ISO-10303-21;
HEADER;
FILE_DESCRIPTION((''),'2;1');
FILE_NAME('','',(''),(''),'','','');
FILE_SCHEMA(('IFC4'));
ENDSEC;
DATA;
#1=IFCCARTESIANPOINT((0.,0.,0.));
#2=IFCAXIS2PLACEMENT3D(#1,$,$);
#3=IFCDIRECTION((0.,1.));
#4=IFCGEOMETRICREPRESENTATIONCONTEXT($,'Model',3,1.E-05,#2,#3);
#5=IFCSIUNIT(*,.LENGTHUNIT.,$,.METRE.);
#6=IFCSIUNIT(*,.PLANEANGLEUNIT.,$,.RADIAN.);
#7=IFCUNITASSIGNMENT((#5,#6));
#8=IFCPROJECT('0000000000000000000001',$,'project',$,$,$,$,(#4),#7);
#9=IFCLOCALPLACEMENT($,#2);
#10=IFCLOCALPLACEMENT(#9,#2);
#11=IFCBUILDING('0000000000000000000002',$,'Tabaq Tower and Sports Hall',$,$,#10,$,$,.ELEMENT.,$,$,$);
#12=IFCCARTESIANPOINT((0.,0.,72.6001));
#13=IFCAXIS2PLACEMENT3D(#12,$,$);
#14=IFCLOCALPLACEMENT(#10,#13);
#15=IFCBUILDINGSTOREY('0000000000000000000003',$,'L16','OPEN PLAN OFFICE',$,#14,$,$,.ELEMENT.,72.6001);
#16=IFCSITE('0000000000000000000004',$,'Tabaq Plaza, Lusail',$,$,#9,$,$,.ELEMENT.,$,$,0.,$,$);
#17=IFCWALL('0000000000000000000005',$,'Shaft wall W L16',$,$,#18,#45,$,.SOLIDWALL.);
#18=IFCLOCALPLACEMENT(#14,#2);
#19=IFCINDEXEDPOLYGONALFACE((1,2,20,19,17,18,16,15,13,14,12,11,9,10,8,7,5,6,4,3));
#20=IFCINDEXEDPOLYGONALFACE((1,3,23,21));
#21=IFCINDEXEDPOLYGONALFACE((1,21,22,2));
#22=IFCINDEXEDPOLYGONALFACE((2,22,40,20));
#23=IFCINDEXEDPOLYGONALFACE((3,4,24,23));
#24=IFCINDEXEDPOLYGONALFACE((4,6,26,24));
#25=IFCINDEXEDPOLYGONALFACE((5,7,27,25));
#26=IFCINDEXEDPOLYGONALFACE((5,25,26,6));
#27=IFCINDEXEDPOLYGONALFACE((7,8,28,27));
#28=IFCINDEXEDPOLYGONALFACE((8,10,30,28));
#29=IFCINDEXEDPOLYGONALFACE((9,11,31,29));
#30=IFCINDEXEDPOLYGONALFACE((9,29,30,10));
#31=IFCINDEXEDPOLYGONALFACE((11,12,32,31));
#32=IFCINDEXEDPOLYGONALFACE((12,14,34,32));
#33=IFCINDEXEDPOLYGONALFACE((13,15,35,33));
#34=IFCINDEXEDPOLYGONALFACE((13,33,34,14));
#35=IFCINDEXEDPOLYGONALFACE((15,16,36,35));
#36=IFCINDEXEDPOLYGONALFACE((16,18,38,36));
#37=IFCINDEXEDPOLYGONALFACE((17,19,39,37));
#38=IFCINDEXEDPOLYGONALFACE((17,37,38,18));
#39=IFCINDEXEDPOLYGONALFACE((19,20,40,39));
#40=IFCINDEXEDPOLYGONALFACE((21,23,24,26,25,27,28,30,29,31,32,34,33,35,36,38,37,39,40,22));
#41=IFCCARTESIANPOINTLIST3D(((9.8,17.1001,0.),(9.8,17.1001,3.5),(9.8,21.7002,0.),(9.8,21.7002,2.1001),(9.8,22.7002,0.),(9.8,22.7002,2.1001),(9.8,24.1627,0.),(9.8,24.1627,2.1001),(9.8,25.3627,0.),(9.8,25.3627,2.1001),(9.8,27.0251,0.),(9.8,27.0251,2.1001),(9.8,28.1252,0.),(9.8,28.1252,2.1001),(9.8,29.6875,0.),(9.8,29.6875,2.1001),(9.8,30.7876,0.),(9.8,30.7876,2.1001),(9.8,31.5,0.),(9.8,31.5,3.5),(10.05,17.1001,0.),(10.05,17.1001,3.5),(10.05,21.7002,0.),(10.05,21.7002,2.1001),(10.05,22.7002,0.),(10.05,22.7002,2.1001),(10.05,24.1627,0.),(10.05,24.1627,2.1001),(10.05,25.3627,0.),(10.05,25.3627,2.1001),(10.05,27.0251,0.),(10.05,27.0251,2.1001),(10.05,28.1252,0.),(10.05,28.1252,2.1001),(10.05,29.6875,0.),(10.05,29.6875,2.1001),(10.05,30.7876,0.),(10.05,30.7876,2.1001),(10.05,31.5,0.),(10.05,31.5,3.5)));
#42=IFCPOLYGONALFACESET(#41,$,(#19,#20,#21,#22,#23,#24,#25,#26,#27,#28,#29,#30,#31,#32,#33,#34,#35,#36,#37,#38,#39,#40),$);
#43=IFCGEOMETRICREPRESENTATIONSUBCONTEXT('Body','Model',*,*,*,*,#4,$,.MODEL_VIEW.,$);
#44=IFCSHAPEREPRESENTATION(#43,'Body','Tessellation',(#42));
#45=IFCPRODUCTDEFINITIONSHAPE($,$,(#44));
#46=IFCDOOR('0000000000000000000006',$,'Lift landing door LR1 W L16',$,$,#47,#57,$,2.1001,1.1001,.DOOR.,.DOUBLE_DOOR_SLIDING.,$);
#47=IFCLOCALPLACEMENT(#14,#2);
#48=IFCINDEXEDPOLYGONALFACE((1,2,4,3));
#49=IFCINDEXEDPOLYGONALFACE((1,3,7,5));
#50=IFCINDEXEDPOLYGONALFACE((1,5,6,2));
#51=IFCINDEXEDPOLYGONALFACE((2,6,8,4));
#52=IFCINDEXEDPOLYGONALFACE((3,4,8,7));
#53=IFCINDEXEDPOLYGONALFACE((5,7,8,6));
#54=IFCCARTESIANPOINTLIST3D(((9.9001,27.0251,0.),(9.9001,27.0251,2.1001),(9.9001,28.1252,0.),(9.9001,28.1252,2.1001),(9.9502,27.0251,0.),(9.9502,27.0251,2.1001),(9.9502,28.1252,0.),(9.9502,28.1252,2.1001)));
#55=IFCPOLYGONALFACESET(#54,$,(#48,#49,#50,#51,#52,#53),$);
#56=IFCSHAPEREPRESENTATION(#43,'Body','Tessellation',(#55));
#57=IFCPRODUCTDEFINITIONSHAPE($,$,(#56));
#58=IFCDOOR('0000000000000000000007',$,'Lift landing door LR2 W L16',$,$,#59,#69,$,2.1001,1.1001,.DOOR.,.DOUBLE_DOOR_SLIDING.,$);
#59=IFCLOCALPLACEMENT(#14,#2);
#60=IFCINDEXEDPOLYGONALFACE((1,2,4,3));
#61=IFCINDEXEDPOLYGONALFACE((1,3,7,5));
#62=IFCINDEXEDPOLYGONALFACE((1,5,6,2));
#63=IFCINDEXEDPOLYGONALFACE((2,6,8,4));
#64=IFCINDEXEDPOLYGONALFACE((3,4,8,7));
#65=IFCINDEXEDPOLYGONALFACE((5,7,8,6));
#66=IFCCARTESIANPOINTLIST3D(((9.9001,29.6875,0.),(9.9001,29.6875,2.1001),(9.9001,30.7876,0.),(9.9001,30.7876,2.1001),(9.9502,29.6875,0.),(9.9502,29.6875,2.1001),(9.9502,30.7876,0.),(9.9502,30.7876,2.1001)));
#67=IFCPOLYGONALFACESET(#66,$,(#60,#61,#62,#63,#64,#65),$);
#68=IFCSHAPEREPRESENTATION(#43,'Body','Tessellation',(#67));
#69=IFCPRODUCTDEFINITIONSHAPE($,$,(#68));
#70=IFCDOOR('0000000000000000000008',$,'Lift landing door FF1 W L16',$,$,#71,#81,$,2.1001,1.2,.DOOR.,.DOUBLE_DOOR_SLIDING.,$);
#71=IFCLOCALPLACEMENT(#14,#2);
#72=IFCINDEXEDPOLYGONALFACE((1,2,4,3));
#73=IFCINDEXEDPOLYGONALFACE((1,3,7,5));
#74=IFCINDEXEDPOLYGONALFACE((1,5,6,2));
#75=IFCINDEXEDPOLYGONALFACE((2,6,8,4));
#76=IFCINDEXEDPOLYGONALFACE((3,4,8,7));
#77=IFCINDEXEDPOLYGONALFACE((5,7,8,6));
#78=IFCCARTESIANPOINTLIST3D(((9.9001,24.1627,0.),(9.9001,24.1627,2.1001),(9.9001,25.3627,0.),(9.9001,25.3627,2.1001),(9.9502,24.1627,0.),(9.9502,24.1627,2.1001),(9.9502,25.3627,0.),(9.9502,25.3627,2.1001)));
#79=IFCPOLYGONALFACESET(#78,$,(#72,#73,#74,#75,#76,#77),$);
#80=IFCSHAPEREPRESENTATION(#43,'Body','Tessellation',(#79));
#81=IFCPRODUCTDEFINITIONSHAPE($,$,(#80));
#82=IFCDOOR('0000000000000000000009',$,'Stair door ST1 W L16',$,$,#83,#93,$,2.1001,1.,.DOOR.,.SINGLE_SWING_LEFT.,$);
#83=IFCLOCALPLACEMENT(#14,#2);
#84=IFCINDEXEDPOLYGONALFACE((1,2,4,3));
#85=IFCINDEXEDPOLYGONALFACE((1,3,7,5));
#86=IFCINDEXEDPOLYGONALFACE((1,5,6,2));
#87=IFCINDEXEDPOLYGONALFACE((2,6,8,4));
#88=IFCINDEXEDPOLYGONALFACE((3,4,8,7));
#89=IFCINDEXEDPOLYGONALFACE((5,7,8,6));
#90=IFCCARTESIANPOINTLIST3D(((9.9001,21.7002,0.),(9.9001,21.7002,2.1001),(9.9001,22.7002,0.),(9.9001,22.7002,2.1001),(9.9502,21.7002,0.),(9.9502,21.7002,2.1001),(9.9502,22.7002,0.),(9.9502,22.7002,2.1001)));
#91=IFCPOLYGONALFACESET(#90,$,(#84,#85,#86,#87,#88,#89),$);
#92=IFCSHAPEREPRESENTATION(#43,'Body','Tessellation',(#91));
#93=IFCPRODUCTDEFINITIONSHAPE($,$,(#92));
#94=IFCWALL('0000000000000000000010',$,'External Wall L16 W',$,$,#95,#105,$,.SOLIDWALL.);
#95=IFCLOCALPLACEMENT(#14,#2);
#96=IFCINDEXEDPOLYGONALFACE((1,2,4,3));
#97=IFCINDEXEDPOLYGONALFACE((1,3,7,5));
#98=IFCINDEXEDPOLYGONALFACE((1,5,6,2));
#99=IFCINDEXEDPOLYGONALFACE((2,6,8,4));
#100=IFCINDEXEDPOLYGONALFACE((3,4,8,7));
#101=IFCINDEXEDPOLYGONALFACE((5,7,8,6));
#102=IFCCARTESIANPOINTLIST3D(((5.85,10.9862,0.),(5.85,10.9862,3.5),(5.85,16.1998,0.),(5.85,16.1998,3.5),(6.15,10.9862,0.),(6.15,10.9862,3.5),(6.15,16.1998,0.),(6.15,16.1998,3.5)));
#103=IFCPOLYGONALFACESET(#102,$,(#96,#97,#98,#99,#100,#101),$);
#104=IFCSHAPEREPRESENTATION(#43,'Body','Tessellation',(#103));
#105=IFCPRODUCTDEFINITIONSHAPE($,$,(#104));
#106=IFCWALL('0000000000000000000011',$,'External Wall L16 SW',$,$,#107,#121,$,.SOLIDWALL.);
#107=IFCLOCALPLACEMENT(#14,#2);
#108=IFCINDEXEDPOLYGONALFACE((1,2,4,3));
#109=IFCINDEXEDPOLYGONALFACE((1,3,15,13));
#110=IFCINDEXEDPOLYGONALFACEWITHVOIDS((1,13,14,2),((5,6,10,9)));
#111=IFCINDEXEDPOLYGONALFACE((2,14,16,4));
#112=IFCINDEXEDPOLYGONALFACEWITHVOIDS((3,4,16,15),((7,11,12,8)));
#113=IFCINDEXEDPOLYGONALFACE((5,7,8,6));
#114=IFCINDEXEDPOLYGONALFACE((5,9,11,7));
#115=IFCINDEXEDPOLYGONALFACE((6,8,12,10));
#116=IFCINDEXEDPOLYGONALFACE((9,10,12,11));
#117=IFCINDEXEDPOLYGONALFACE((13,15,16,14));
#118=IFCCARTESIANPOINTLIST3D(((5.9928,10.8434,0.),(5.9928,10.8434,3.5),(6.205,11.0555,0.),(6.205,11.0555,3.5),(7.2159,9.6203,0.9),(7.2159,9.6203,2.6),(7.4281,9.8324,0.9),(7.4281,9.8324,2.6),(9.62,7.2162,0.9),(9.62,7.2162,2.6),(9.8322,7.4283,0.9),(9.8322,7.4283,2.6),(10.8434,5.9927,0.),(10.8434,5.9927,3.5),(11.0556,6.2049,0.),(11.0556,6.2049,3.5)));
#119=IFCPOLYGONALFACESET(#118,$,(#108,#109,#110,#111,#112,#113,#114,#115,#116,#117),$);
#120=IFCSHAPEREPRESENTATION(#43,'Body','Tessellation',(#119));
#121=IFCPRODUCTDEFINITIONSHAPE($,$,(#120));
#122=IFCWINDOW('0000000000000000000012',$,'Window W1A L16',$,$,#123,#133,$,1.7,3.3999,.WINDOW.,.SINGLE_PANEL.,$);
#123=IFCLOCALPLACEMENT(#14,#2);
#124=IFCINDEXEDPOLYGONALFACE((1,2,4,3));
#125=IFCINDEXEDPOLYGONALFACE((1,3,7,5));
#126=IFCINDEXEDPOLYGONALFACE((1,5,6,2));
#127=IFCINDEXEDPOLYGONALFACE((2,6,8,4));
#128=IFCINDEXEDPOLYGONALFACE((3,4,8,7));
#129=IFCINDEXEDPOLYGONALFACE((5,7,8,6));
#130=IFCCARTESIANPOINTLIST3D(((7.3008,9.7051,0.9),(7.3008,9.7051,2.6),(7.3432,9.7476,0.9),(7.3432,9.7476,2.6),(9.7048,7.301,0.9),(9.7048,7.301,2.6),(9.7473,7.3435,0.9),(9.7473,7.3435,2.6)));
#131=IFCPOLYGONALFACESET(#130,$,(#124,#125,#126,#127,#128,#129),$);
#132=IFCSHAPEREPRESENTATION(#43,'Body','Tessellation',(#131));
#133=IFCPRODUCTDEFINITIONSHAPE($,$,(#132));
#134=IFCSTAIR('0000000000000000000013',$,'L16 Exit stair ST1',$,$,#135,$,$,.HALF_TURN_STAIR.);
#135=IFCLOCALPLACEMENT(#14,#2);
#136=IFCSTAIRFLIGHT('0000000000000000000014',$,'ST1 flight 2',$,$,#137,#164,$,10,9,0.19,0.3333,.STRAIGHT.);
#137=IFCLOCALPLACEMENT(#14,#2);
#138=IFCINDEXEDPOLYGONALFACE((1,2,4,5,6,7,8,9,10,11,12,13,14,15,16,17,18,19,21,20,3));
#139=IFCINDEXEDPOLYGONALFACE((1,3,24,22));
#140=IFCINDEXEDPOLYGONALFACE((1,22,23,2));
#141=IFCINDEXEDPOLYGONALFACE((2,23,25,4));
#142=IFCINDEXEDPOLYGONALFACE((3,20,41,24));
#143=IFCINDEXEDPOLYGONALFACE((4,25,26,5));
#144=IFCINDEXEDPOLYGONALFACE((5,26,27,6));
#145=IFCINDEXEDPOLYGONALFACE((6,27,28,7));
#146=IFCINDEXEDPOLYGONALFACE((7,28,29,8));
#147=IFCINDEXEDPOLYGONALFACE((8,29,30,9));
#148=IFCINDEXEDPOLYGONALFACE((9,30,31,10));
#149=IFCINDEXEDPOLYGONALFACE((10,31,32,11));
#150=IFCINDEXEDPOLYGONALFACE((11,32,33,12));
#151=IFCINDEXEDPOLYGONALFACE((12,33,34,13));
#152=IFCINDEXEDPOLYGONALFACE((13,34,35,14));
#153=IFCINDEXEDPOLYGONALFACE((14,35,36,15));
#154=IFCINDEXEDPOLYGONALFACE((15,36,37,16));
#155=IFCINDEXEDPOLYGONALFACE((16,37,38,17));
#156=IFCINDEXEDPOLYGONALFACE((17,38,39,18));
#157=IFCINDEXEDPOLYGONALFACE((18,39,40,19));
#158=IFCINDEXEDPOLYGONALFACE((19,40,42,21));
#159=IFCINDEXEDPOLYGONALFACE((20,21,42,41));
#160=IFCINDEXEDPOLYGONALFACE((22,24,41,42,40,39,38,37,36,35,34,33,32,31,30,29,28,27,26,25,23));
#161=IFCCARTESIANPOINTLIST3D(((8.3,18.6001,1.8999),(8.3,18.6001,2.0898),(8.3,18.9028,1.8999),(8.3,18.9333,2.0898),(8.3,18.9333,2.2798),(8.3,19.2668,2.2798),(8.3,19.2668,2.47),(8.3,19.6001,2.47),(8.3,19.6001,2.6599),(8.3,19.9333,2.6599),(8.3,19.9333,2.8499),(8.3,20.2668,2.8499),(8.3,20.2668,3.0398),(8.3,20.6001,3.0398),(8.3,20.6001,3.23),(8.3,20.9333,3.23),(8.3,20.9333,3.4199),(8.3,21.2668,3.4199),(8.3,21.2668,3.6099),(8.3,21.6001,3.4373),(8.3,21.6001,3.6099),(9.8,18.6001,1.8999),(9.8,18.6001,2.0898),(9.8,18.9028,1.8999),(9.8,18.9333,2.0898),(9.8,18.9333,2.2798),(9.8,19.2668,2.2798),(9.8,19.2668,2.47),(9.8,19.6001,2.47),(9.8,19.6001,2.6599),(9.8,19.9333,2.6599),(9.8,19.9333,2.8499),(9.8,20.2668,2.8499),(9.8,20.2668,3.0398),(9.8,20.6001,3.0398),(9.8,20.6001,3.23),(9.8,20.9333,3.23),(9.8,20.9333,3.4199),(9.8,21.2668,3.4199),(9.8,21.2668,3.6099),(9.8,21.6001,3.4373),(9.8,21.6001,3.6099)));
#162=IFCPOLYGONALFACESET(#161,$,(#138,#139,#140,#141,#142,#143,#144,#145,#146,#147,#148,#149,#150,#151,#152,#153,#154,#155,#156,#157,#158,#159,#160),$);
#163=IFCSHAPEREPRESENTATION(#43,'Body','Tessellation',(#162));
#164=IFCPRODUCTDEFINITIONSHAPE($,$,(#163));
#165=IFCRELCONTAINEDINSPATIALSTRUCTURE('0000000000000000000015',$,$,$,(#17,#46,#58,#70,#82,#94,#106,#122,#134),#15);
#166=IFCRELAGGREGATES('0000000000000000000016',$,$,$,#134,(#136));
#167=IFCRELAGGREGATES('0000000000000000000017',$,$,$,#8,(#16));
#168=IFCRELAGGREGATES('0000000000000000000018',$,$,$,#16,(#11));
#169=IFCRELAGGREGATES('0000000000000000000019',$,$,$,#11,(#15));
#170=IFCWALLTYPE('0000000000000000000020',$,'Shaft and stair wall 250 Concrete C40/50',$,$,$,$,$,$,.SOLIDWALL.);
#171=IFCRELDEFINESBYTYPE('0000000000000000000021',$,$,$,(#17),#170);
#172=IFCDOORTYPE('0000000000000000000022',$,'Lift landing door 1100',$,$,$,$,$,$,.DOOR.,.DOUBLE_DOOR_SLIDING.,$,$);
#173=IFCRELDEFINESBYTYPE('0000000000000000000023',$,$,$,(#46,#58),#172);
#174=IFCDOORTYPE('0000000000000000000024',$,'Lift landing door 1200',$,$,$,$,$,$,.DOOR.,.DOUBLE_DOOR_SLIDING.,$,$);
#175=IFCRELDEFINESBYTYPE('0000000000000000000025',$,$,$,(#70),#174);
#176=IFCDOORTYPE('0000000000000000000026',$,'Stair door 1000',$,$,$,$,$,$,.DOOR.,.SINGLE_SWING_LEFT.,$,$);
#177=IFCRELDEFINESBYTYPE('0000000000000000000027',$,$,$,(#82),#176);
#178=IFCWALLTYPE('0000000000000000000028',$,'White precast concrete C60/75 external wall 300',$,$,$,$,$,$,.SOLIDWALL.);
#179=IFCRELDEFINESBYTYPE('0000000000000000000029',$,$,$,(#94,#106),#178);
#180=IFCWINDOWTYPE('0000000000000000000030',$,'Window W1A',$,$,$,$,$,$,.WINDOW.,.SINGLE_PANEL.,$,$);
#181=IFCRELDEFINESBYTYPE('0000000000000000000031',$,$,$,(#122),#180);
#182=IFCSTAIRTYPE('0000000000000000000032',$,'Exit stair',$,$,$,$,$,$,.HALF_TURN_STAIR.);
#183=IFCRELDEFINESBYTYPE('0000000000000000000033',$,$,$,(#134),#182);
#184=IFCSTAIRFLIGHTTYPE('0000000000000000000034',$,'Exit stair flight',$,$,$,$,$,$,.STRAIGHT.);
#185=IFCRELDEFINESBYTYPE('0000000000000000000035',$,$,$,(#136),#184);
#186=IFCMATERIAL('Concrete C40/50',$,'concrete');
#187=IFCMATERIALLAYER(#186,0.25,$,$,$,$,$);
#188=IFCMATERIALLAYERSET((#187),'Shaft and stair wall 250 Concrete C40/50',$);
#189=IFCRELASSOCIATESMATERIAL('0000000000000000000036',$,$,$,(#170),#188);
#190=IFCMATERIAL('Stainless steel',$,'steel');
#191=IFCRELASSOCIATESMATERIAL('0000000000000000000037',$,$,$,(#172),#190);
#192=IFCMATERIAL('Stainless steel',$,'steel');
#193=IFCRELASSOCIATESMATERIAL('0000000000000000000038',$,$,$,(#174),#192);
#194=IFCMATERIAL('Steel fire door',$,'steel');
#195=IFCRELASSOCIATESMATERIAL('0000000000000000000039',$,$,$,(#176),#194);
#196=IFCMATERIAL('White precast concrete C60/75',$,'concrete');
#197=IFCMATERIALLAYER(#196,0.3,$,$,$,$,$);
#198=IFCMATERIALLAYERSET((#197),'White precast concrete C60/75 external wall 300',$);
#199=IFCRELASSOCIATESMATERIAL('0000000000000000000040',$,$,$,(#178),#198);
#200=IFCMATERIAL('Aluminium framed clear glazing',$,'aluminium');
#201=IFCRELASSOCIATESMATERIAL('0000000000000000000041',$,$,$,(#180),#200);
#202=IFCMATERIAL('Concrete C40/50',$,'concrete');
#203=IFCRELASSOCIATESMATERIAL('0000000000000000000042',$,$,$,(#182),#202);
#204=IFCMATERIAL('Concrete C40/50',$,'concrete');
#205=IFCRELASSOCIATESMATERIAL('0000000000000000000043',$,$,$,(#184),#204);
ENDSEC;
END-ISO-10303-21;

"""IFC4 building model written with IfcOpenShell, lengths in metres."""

from ifc_helpers import new_model, si_unit, direction, frame, frame_2d, origin, place, context, subcontext, project, spatial, polyline, rectangle, outline, extrude, material, layer, layer_set, type_object, element, fill, aggregate, save


model = new_model("IFC4")

# Units and contexts
model_context = context("Model", 3, precision=1e-05, world=origin(), true_north=direction((0.0, 1.0)))
body_context = subcontext(model_context, "Body", "Model", "MODEL_VIEW")
ifc_project = project(units=[si_unit("LENGTHUNIT", "METRE"), si_unit("PLANEANGLEUNIT", "RADIAN")], contexts=[model_context])

# Site, building, storey
site_placement = place(None, origin())
site = spatial("IfcSite", under=ifc_project, at=site_placement, Name="Tabaq Plaza, Lusail", CompositionType="ELEMENT", RefElevation=0.0)
building_placement = place(site_placement, origin())
building = spatial("IfcBuilding", under=site, at=building_placement, Name="Tabaq Tower and Sports Hall", CompositionType="ELEMENT")
storey_placement = place(building_placement, frame((0.0, 0.0, 72.6001)))
storey = spatial("IfcBuildingStorey", under=building, at=storey_placement, Name="L16", Description="OPEN PLAN OFFICE", CompositionType="ELEMENT", Elevation=72.6001)

# Wall, openings, doors
ifc_material_1 = material(Name="Concrete C40/50", Category="concrete")
ifc_layer_1 = layer(ifc_material_1, 0.25)
ifc_layer_set_1 = layer_set([ifc_layer_1], Name="Shaft and stair wall 250 Concrete C40/50")
wall_type_1 = type_object("IfcWallType", Name="Shaft and stair wall 250 Concrete C40/50", PredefinedType="SOLIDWALL", material=ifc_layer_set_1)
wall_1_placement = place(storey_placement, frame((9.925, 17.1001, 0.0), z_axis=(0.0, 0.0, 1.0), x_axis=(0.0, 1.0, 0.0)))
wall_1 = element("IfcWall", 1, at=wall_1_placement, inside=storey, type_object=wall_type_1, Name="Shaft wall W L16", PredefinedType="SOLIDWALL", context=body_context, shape_type="SweptSolid", body=[
    extrude(rectangle(XDim=14.3999, YDim=0.25, at=frame_2d((7.2, 0.0))), origin(), (0.0, 0.0, 1.0), 3.5),
])
opening_1_placement = place(wall_1_placement, frame((4.6001, 0.0, 0.0)))
opening_1 = element("IfcOpeningElement", 2, at=opening_1_placement, cuts=wall_1, PredefinedType="OPENING", context=body_context, shape_type="SweptSolid", body=[
    extrude(rectangle(XDim=1.0, YDim=2.1001, at=frame_2d((0.5, 1.05))), frame((0.0, 0.125, 0.0), z_axis=(0.0, -1.0, 0.0), x_axis=(1.0, 0.0, 0.0)), (0.0, 0.0, 1.0), 0.25),
])
opening_2_placement = place(wall_1_placement, frame((7.0625, 0.0, 0.0)))
opening_2 = element("IfcOpeningElement", 3, at=opening_2_placement, cuts=wall_1, PredefinedType="OPENING", context=body_context, shape_type="SweptSolid", body=[
    extrude(rectangle(XDim=1.2, YDim=2.1001, at=frame_2d((0.6001, 1.05))), frame((0.0, 0.125, 0.0), z_axis=(0.0, -1.0, 0.0), x_axis=(1.0, 0.0, 0.0)), (0.0, 0.0, 1.0), 0.25),
])
opening_3_placement = place(wall_1_placement, frame((9.925, 0.0, 0.0)))
opening_3 = element("IfcOpeningElement", 4, at=opening_3_placement, cuts=wall_1, PredefinedType="OPENING", context=body_context, shape_type="SweptSolid", body=[
    extrude(rectangle(XDim=1.1001, YDim=2.1001, at=frame_2d((0.55, 1.05))), frame((0.0, 0.125, 0.0), z_axis=(0.0, -1.0, 0.0), x_axis=(1.0, 0.0, 0.0)), (0.0, 0.0, 1.0), 0.25),
])
opening_4_placement = place(wall_1_placement, frame((12.5874, 0.0, 0.0)))
opening_4 = element("IfcOpeningElement", 5, at=opening_4_placement, cuts=wall_1, PredefinedType="OPENING", context=body_context, shape_type="SweptSolid", body=[
    extrude(rectangle(XDim=1.1001, YDim=2.1001, at=frame_2d((0.55, 1.05))), frame((0.0, 0.125, 0.0), z_axis=(0.0, -1.0, 0.0), x_axis=(1.0, 0.0, 0.0)), (0.0, 0.0, 1.0), 0.25),
])
ifc_material_2 = material(Name="Stainless steel", Category="steel")
door_type_1 = type_object("IfcDoorType", Name="Lift landing door 1100", OperationType="DOUBLE_DOOR_SLIDING", PredefinedType="DOOR", material=ifc_material_2)
door_1_placement = place(opening_3_placement, origin())
door_1 = element("IfcDoor", 6, at=door_1_placement, inside=storey, type_object=door_type_1, Name="Lift landing door LR1 W L16", OperationType="DOUBLE_DOOR_SLIDING", OverallHeight=2.1001, OverallWidth=1.1001, PredefinedType="DOOR", context=body_context, shape_type="SweptSolid", body=[
    extrude(rectangle(XDim=1.1001, YDim=2.1001, at=frame_2d((0.55, 1.05))), frame((0.0, 0.0249, 0.0), z_axis=(0.0, -1.0, 0.0), x_axis=(1.0, 0.0, 0.0)), (0.0, 0.0, 1.0), 0.05),
])
fill(opening_3, door_1)
door_2_placement = place(opening_4_placement, origin())
door_2 = element("IfcDoor", 7, at=door_2_placement, inside=storey, type_object=door_type_1, Name="Lift landing door LR2 W L16", OperationType="DOUBLE_DOOR_SLIDING", OverallHeight=2.1001, OverallWidth=1.1001, PredefinedType="DOOR", context=body_context, shape_type="SweptSolid", body=[
    extrude(rectangle(XDim=1.1001, YDim=2.1001, at=frame_2d((0.55, 1.05))), frame((0.0, 0.0249, 0.0), z_axis=(0.0, -1.0, 0.0), x_axis=(1.0, 0.0, 0.0)), (0.0, 0.0, 1.0), 0.05),
])
fill(opening_4, door_2)
ifc_material_3 = material(Name="Stainless steel", Category="steel")
door_type_2 = type_object("IfcDoorType", Name="Lift landing door 1200", OperationType="DOUBLE_DOOR_SLIDING", PredefinedType="DOOR", material=ifc_material_3)
door_3_placement = place(opening_2_placement, origin())
door_3 = element("IfcDoor", 8, at=door_3_placement, inside=storey, type_object=door_type_2, Name="Lift landing door FF1 W L16", OperationType="DOUBLE_DOOR_SLIDING", OverallHeight=2.1001, OverallWidth=1.2, PredefinedType="DOOR", context=body_context, shape_type="SweptSolid", body=[
    extrude(rectangle(XDim=1.2, YDim=2.1001, at=frame_2d((0.6001, 1.05))), frame((0.0, 0.0249, 0.0), z_axis=(0.0, -1.0, 0.0), x_axis=(1.0, 0.0, 0.0)), (0.0, 0.0, 1.0), 0.05),
])
fill(opening_2, door_3)
ifc_material_4 = material(Name="Steel fire door", Category="steel")
door_type_3 = type_object("IfcDoorType", Name="Stair door 1000", OperationType="SINGLE_SWING_LEFT", PredefinedType="DOOR", material=ifc_material_4)
door_4_placement = place(opening_1_placement, origin())
door_4 = element("IfcDoor", 9, at=door_4_placement, inside=storey, type_object=door_type_3, Name="Stair door ST1 W L16", OperationType="SINGLE_SWING_LEFT", OverallHeight=2.1001, OverallWidth=1.0, PredefinedType="DOOR", context=body_context, shape_type="SweptSolid", body=[
    extrude(rectangle(XDim=1.0, YDim=2.1001, at=frame_2d((0.5, 1.05))), frame((0.0, 0.0249, 0.0), z_axis=(0.0, -1.0, 0.0), x_axis=(1.0, 0.0, 0.0)), (0.0, 0.0, 1.0), 0.05),
])
fill(opening_1, door_4)

# Wall
ifc_material_5 = material(Name="White precast concrete C60/75", Category="concrete")
ifc_layer_2 = layer(ifc_material_5, 0.3)
ifc_layer_set_2 = layer_set([ifc_layer_2], Name="White precast concrete C60/75 external wall 300")
wall_type_2 = type_object("IfcWallType", Name="White precast concrete C60/75 external wall 300", PredefinedType="SOLIDWALL", material=ifc_layer_set_2)
wall_2_placement = place(storey_placement, frame((6.0, 16.2, 0.0), z_axis=(0.0, 0.0, 1.0), x_axis=(0.0, -1.0, 0.0)))
element("IfcWall", 10, at=wall_2_placement, inside=storey, type_object=wall_type_2, Name="External Wall L16 W", PredefinedType="SOLIDWALL", context=body_context, shape_type="SweptSolid", body=[
    extrude(rectangle(XDim=5.2136, YDim=0.3, at=frame_2d((2.6069, 0.0))), origin(), (0.0, 0.0, 1.0), 3.5),
])

# Wall, opening, window
wall_3_placement = place(storey_placement, frame((6.0989, 10.9495, 0.0), z_axis=(0.0, 0.0, 1.0), x_axis=(0.707107, -0.707107, 0.0)))
wall_3 = element("IfcWall", 11, at=wall_3_placement, inside=storey, type_object=wall_type_2, Name="External Wall L16 SW", PredefinedType="SOLIDWALL", context=body_context, shape_type="SweptSolid", body=[
    extrude(rectangle(XDim=6.8599, YDim=0.3, at=frame_2d((3.4299, 0.0))), origin(), (0.0, 0.0, 1.0), 3.5),
])
opening_5_placement = place(wall_3_placement, frame((1.7297, 0.0, 0.8999)))
opening_5 = element("IfcOpeningElement", 12, at=opening_5_placement, cuts=wall_3, PredefinedType="OPENING", context=body_context, shape_type="SweptSolid", body=[
    extrude(rectangle(XDim=3.3999, YDim=1.7, at=frame_2d((1.7, 0.8501))), frame((0.0, 0.1602, 0.0), z_axis=(0.0, -1.0, 0.0), x_axis=(1.0, 0.0, 0.0)), (0.0, 0.0, 1.0), 0.3201),
])
ifc_material_6 = material(Name="Aluminium framed clear glazing", Category="aluminium")
window_type = type_object("IfcWindowType", Name="Window W1A", PartitioningType="SINGLE_PANEL", PredefinedType="WINDOW", material=ifc_material_6)
window_placement = place(opening_5_placement, origin())
window = element("IfcWindow", 13, at=window_placement, inside=storey, type_object=window_type, Name="Window W1A L16", OverallHeight=1.7, OverallWidth=3.3999, PartitioningType="SINGLE_PANEL", PredefinedType="WINDOW", context=body_context, shape_type="SweptSolid", body=[
    extrude(rectangle(XDim=3.3999, YDim=1.7, at=frame_2d((1.7, 0.8501))), frame((0.0, 0.03, 0.0), z_axis=(0.0, -1.0, 0.0), x_axis=(1.0, 0.0, 0.0)), (0.0, 0.0, 1.0), 0.0601),
])
fill(opening_5, window)

# Stair, stair flight
ifc_material_7 = material(Name="Concrete C40/50", Category="concrete")
stair_type = type_object("IfcStairType", Name="Exit stair", PredefinedType="HALF_TURN_STAIR", material=ifc_material_7)
stair_placement = place(storey_placement, origin())
stair = element("IfcStair", 14, at=stair_placement, inside=storey, type_object=stair_type, Name="L16 Exit stair ST1", PredefinedType="HALF_TURN_STAIR")
ifc_material_8 = material(Name="Concrete C40/50", Category="concrete")
stair_flight_type = type_object("IfcStairFlightType", Name="Exit stair flight", PredefinedType="STRAIGHT", material=ifc_material_8)
stair_flight_placement = place(storey_placement, frame((9.05, 18.6001, 1.8999), z_axis=(0.0, 0.0, 1.0), x_axis=(0.0, 1.0, 0.0)))
stair_flight = element("IfcStairFlight", 15, at=stair_flight_placement, type_object=stair_flight_type, Name="ST1 flight 2", NumberOfRisers=10, NumberOfTreads=9, PredefinedType="STRAIGHT", RiserHeight=0.19, TreadLength=0.3333, context=body_context, shape_type="SweptSolid", body=[
    extrude(outline(polyline([(0.0, 0.0), (0.0, 0.1899), (0.3333, 0.1899), (0.3333, 0.3799), (0.6667, 0.3799), (0.6667, 0.5701), (1.0, 0.5701), (1.0, 0.76), (1.3333, 0.76), (1.3333, 0.95), (1.6667, 0.95), (1.6667, 1.1399), (2.0, 1.1399), (2.0, 1.3301), (2.3333, 1.3301), (2.3333, 1.52), (2.6667, 1.52), (2.6667, 1.71), (3.0, 1.71), (3.0, 1.8999), (3.0, 1.5374), (0.3027, 0.0), (0.0, 0.0)])), frame((0.0, 0.75, 0.0), z_axis=(0.0, -1.0, 0.0), x_axis=(1.0, 0.0, 0.0)), (0.0, 0.0, 1.0), 1.5),
])
aggregate(stair, [stair_flight])

save(model, "model.ifc")
